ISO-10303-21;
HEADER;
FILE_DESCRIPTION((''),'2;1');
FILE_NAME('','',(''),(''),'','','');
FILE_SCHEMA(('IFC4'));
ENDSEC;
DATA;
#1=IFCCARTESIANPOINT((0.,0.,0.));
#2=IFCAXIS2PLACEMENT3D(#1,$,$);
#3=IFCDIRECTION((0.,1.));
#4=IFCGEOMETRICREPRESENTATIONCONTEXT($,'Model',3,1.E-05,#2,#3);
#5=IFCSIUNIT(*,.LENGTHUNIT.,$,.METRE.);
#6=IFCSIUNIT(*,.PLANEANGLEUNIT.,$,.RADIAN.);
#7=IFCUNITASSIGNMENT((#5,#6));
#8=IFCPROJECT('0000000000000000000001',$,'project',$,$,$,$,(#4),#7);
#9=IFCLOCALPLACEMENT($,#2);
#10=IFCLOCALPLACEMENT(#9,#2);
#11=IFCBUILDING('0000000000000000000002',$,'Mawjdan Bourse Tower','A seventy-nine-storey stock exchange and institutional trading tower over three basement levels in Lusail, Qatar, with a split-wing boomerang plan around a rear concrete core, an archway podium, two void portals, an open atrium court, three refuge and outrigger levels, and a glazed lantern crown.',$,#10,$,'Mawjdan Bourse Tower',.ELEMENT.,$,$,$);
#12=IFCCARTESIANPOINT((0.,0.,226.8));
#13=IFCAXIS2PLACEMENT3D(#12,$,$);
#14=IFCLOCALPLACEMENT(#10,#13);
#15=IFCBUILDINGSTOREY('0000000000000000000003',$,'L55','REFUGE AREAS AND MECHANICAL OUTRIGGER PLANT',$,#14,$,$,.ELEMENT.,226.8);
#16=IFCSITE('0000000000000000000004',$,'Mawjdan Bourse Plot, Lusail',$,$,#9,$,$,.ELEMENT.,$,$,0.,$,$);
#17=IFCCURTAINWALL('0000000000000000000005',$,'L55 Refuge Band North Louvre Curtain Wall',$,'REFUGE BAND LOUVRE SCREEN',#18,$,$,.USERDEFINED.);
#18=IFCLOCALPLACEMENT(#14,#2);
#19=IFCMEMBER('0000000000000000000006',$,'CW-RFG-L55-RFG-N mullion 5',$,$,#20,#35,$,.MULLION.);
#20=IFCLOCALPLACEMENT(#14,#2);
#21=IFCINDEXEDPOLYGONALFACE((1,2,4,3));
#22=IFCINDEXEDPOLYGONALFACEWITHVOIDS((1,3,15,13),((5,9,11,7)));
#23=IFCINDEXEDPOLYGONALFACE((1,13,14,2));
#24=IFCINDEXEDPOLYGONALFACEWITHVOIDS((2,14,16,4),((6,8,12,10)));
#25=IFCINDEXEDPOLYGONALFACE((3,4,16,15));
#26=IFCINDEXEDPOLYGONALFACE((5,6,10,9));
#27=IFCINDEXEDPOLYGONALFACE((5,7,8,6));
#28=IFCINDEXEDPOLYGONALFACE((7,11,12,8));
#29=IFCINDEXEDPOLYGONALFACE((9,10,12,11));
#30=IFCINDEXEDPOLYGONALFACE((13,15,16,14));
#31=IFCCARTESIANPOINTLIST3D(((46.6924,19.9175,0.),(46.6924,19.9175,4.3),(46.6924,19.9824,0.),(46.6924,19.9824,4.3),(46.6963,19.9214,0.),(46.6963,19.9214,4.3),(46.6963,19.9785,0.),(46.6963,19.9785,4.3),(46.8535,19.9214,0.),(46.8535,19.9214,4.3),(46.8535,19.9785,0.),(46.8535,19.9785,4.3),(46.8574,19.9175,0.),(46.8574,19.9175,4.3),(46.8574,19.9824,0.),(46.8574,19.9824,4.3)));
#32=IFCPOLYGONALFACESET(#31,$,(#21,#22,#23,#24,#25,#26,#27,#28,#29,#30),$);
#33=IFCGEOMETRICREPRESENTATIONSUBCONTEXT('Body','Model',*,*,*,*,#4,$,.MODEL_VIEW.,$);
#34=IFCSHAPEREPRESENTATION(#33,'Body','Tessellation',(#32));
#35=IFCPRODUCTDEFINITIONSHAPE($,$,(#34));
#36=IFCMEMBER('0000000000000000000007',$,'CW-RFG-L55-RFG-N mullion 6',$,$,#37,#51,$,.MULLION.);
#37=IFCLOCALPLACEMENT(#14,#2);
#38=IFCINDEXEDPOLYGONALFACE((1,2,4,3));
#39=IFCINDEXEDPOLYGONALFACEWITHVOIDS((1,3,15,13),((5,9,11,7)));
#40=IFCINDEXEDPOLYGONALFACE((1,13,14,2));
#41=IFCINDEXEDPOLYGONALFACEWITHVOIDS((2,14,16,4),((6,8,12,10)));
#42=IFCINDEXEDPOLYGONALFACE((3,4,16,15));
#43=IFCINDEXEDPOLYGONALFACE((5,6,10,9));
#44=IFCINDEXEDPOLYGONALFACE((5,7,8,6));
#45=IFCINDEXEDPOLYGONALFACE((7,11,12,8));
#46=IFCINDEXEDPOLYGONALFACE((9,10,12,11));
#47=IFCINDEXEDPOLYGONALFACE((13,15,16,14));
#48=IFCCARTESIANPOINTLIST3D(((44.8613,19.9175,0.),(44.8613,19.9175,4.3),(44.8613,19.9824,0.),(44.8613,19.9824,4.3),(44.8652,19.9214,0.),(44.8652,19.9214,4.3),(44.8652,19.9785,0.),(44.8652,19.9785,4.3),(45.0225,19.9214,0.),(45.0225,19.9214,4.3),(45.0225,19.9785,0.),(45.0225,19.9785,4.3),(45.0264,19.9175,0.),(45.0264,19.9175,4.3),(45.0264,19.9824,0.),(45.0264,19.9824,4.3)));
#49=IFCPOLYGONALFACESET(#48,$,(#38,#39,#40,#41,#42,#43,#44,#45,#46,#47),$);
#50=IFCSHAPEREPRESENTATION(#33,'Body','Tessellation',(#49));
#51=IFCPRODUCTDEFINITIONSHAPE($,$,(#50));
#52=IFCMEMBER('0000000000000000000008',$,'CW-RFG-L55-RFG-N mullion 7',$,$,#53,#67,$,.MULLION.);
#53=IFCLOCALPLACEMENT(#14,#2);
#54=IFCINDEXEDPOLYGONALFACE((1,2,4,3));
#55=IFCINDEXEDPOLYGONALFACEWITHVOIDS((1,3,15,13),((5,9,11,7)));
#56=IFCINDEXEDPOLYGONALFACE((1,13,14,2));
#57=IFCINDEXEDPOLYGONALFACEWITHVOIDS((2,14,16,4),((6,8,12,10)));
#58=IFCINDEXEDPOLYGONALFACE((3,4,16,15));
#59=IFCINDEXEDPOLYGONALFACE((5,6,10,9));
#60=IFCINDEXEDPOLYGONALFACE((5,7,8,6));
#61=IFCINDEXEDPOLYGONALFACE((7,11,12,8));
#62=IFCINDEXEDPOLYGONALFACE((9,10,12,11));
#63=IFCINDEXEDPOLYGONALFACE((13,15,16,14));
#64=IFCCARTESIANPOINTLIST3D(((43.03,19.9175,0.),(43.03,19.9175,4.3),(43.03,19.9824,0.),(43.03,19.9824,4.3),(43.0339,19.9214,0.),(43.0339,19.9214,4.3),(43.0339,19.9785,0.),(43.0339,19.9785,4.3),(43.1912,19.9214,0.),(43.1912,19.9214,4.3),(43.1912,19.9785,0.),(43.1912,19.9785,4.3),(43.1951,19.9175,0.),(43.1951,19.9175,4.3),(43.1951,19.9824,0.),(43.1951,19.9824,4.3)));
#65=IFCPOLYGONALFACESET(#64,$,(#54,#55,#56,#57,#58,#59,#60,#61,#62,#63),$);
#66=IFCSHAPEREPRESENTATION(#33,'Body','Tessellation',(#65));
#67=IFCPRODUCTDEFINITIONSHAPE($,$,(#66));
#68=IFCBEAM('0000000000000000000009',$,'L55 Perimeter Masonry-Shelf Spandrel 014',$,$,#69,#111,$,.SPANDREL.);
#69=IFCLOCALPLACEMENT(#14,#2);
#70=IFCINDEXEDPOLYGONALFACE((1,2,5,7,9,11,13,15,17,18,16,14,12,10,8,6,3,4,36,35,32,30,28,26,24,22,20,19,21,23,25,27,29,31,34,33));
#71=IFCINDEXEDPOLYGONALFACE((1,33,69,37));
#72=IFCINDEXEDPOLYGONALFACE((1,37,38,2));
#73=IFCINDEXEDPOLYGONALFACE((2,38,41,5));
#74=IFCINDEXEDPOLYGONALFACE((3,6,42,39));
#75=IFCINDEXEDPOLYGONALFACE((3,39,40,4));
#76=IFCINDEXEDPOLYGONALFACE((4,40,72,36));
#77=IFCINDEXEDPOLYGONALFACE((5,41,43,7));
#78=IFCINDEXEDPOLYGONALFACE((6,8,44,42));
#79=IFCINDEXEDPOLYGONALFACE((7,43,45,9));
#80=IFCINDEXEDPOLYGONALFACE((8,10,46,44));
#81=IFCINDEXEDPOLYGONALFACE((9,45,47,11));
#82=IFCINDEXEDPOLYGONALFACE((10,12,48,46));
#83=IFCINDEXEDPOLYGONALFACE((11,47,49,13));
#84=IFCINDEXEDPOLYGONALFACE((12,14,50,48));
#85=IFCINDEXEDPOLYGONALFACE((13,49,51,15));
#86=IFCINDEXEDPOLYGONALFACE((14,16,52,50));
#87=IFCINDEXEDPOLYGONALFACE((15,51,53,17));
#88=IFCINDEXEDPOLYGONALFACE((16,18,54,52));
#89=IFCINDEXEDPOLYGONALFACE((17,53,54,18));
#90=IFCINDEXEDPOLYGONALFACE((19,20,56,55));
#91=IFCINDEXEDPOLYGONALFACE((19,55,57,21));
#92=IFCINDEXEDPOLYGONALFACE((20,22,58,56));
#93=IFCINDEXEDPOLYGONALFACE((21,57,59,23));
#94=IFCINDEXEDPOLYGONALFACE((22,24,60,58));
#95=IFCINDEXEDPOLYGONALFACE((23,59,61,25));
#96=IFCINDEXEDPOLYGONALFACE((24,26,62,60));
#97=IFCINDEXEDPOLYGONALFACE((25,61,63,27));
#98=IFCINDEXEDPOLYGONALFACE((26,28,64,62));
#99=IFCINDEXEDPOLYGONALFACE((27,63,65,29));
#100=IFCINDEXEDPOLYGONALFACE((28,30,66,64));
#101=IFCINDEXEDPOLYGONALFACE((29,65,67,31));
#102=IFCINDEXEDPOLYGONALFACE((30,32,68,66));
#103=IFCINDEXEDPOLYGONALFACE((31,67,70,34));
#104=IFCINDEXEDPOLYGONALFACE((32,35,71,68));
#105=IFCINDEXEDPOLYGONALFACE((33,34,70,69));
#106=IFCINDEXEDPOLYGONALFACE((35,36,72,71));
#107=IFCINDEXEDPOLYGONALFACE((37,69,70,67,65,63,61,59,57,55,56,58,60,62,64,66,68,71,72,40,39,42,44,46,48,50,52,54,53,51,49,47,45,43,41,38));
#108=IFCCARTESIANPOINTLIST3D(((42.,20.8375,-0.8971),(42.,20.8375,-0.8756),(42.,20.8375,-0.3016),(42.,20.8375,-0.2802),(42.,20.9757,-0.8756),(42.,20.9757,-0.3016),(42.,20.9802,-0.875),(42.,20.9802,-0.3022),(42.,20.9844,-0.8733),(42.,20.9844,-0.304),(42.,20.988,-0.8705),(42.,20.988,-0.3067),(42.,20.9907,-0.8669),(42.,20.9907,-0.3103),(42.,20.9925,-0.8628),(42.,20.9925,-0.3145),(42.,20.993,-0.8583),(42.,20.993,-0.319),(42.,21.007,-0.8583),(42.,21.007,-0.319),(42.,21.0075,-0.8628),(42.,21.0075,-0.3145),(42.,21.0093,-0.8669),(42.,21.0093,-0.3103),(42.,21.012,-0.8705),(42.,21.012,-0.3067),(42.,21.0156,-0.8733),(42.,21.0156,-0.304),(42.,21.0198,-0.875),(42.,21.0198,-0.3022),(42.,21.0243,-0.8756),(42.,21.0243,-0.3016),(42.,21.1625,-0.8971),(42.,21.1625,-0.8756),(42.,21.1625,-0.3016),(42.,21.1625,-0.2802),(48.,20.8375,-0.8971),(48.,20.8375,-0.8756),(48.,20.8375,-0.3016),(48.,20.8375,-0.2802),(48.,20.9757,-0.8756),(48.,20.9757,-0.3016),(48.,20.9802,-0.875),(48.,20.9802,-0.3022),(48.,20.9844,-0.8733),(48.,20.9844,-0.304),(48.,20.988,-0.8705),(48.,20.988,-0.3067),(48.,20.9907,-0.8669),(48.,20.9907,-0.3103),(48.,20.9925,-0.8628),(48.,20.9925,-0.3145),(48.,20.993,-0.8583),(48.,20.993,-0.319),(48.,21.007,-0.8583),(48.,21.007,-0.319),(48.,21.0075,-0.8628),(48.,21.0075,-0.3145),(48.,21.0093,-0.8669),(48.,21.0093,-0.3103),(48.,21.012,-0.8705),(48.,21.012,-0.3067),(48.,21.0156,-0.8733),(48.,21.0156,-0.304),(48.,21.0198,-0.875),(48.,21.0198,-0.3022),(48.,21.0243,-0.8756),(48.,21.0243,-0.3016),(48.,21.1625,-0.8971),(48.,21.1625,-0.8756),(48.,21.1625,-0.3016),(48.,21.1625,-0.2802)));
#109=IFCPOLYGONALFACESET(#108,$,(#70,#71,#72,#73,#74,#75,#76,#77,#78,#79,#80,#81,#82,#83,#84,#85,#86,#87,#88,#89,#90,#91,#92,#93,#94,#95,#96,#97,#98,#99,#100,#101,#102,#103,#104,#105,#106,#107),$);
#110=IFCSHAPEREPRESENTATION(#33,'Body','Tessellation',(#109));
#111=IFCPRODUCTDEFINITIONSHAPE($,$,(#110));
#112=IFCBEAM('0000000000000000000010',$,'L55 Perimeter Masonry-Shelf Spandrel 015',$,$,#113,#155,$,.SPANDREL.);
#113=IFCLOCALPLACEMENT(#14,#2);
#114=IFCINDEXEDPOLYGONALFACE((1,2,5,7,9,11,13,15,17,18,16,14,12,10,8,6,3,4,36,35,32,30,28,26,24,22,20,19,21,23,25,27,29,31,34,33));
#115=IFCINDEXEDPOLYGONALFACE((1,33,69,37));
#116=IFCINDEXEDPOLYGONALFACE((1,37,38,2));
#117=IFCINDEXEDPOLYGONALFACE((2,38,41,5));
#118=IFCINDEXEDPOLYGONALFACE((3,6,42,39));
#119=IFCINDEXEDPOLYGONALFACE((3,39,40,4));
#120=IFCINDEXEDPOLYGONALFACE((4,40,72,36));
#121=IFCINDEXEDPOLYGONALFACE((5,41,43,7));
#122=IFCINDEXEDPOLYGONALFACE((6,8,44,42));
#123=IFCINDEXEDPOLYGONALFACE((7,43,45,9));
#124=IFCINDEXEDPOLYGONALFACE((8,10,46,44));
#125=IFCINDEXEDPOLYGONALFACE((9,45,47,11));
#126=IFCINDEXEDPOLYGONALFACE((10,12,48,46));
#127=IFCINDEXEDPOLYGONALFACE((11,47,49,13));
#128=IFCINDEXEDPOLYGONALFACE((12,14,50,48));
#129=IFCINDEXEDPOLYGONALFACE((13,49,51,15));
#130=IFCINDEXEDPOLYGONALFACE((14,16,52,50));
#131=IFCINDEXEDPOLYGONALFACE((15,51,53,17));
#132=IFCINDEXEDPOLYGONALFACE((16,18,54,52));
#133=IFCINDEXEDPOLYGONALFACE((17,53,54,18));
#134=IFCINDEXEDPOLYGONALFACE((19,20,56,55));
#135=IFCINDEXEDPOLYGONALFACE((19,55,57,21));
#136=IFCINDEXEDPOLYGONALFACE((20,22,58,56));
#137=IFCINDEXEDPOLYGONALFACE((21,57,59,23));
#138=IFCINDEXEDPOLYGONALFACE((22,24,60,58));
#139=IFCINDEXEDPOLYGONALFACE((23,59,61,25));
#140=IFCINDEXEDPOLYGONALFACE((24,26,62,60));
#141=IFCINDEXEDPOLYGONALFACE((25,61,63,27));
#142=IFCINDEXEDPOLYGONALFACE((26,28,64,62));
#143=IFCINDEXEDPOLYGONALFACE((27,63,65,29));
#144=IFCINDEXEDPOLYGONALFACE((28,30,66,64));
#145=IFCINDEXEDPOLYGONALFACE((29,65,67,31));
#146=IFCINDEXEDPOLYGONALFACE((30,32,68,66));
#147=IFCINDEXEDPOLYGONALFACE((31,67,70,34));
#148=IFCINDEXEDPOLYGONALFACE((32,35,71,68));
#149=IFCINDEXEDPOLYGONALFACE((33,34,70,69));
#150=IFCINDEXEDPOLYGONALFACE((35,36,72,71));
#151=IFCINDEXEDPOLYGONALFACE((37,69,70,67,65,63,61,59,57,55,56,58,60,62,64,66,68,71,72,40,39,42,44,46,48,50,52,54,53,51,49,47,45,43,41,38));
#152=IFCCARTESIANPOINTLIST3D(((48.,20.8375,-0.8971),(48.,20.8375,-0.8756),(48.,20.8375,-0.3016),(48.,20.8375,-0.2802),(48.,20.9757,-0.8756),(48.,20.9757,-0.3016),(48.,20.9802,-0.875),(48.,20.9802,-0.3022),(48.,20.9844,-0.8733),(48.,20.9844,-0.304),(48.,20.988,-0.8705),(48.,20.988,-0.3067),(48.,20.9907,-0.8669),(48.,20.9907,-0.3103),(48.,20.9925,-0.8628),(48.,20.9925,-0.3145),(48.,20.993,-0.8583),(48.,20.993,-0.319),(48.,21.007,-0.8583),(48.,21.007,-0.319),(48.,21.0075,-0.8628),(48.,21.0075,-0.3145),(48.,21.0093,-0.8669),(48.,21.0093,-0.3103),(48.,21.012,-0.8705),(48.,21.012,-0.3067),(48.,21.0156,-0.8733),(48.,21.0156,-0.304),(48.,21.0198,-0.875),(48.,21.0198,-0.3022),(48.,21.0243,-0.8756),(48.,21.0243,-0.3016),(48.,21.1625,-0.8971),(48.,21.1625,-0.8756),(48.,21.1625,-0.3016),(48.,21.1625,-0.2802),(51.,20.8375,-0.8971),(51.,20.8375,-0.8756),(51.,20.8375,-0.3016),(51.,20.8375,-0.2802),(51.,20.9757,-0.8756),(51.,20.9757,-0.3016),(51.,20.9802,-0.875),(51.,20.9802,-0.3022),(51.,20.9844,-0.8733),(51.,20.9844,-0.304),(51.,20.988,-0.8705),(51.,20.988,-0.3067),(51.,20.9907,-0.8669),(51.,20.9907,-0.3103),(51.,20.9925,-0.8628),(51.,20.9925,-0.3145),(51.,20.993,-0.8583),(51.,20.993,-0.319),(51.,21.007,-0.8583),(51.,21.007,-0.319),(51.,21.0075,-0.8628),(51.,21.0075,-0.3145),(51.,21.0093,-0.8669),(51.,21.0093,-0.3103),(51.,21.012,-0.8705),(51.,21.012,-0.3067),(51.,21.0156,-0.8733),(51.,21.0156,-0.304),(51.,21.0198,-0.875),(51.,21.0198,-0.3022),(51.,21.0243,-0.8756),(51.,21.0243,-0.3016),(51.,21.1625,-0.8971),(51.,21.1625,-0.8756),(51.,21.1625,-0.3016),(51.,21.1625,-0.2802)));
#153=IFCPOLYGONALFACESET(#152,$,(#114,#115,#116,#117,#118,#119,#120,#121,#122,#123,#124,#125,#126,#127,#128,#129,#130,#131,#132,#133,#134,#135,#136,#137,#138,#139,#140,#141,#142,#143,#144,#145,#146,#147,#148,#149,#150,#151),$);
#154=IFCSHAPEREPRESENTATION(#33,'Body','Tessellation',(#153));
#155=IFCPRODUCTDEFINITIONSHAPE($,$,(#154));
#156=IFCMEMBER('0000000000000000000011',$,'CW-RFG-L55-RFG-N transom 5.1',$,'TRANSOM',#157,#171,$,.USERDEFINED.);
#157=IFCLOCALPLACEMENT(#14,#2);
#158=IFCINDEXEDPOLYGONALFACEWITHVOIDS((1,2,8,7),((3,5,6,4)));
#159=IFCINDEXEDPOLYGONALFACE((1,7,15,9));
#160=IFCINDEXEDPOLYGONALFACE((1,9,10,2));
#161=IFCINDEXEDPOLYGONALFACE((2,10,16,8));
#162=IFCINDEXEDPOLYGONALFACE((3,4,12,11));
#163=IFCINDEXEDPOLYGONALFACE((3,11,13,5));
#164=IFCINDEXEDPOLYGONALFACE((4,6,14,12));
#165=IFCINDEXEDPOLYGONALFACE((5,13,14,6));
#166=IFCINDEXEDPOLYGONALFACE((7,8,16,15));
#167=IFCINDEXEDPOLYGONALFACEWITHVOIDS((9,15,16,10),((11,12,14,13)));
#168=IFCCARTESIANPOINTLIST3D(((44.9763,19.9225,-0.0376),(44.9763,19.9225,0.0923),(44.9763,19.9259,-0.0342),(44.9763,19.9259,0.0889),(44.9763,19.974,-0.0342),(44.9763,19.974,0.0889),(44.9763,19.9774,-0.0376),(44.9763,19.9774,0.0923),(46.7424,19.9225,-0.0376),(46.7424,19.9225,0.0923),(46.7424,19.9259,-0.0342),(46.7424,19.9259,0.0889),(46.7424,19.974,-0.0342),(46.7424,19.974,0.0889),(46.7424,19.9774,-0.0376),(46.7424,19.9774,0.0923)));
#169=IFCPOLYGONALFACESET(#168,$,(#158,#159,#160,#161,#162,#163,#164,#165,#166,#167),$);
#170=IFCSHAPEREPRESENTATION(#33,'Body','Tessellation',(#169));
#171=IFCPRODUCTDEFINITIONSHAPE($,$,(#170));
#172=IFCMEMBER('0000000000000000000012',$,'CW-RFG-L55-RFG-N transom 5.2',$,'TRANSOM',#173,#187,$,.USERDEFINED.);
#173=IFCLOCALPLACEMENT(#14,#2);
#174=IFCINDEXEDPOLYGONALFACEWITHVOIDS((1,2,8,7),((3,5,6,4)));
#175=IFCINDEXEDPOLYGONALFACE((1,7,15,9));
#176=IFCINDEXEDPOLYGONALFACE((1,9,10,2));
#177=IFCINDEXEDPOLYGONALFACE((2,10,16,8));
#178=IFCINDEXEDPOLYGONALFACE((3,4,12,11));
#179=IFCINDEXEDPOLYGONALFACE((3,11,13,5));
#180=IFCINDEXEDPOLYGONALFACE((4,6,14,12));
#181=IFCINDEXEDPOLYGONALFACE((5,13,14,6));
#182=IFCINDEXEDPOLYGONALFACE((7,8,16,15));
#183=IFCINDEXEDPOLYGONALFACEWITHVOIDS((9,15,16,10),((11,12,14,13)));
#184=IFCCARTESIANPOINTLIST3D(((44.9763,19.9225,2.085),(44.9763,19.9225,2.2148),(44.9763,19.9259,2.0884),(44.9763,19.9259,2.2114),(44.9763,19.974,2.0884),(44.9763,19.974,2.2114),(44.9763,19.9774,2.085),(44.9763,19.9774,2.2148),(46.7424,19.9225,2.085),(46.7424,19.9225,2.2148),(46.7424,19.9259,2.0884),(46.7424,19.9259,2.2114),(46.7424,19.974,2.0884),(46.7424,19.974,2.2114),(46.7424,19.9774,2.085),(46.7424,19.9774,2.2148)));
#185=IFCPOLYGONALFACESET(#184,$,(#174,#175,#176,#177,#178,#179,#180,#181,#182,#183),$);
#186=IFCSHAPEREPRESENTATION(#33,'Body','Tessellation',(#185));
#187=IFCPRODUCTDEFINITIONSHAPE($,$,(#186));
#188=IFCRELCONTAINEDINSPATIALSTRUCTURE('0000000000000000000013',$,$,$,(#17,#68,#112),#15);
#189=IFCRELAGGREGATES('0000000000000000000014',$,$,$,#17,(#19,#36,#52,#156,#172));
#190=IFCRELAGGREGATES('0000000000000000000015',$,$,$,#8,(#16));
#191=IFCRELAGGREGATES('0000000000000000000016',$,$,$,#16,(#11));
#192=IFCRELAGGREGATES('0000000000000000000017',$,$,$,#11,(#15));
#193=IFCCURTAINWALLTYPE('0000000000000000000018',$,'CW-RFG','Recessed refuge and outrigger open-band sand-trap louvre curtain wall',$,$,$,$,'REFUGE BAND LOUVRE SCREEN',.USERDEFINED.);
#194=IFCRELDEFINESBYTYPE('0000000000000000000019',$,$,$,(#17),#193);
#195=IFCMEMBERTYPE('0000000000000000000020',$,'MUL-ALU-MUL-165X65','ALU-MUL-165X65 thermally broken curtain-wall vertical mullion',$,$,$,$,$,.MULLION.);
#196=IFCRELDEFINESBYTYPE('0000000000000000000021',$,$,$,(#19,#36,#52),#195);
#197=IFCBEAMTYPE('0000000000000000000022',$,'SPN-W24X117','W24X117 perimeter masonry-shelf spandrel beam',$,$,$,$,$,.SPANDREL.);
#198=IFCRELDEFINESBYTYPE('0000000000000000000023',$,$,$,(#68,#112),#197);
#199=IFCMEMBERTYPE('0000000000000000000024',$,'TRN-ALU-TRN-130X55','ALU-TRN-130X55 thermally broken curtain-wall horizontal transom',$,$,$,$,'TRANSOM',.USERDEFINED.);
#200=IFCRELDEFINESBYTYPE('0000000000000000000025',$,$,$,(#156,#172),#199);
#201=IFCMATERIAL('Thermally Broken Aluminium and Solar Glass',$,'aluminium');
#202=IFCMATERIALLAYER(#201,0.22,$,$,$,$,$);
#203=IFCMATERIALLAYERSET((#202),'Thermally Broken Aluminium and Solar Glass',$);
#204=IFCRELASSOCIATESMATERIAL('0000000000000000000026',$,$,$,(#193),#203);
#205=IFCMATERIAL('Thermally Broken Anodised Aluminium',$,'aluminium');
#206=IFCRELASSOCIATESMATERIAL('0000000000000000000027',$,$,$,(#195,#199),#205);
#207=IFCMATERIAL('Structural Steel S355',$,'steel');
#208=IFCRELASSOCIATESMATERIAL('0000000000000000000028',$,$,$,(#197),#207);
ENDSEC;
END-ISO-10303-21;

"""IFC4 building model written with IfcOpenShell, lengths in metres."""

from ifc_helpers import new_model, si_unit, direction, frame, origin, origin_2d, place, context, subcontext, project, spatial, hollow_rectangle, i_section, extrude, material, layer, layer_set, material_profile, profile_set, type_object, element, aggregate, save


model = new_model("IFC4")

# Units and contexts
model_context = context("Model", 3, precision=1e-05, world=origin(), true_north=direction((0.0, 1.0)))
body_context = subcontext(model_context, "Body", "Model", "MODEL_VIEW")
ifc_project = project(units=[si_unit("LENGTHUNIT", "METRE"), si_unit("PLANEANGLEUNIT", "RADIAN")], contexts=[model_context])

# Site, building, storey
site_placement = place(None, origin())
site = spatial("IfcSite", under=ifc_project, at=site_placement, Name="Mawjdan Bourse Plot, Lusail", CompositionType="ELEMENT", RefElevation=0.0)
building_placement = place(site_placement, origin())
building = spatial("IfcBuilding", under=site, at=building_placement, Name="Mawjdan Bourse Tower", Description="A seventy-nine-storey stock exchange and institutional trading tower over three basement levels in Lusail, Qatar, with a split-wing boomerang plan around a rear concrete core, an archway podium, two void portals, an open atrium court, three refuge and outrigger levels, and a glazed lantern crown.", LongName="Mawjdan Bourse Tower", CompositionType="ELEMENT")
storey_placement = place(building_placement, frame((0.0, 0.0, 226.8)))
storey = spatial("IfcBuildingStorey", under=building, at=storey_placement, Name="L55", Description="REFUGE AREAS AND MECHANICAL OUTRIGGER PLANT", CompositionType="ELEMENT", Elevation=226.8)

# Shared definitions
ifc_material_1 = material(Name="Structural Steel S355", Category="steel")

# Curtain wall, members
ifc_material_2 = material(Name="Thermally Broken Aluminium and Solar Glass", Category="aluminium")
ifc_layer_1 = layer(ifc_material_2, 0.22)
ifc_layer_set_1 = layer_set([ifc_layer_1], Name="Thermally Broken Aluminium and Solar Glass")
curtain_wall_type = type_object("IfcCurtainWallType", Name="CW-RFG", Description="Recessed refuge and outrigger open-band sand-trap louvre curtain wall", ElementType="REFUGE BAND LOUVRE SCREEN", PredefinedType="USERDEFINED", material=ifc_layer_set_1)
curtain_wall_placement = place(storey_placement, origin())
curtain_wall = element("IfcCurtainWall", 1, at=curtain_wall_placement, inside=storey, type_object=curtain_wall_type, Name="L55 Refuge Band North Louvre Curtain Wall", ObjectType="REFUGE BAND LOUVRE SCREEN", PredefinedType="USERDEFINED")
ifc_material_3 = material(Name="Thermally Broken Anodised Aluminium", Category="aluminium")
ifc_material_profile_1 = material_profile(ifc_material_3, hollow_rectangle(XDim=0.0649, YDim=0.165, WallThickness=0.0039, at=origin_2d()), Name="ALU-MUL-165X65")
ifc_profile_set_1 = profile_set([ifc_material_profile_1], Name="Thermally Broken Anodised Aluminium")
member_type_1 = type_object("IfcMemberType", Name="MUL-ALU-MUL-165X65", Description="ALU-MUL-165X65 thermally broken curtain-wall vertical mullion", PredefinedType="MULLION", material=ifc_profile_set_1)
member_1_placement = place(storey_placement, frame((46.7749, 19.95, 0.0), z_axis=(0.0, 0.0, 1.0), x_axis=(0.0, -1.0, 0.0)))
member_1 = element("IfcMember", 2, at=member_1_placement, type_object=member_type_1, Name="CW-RFG-L55-RFG-N mullion 5", PredefinedType="MULLION", context=body_context, shape_type="SweptSolid", body=[
    extrude(hollow_rectangle(XDim=0.0649, YDim=0.165, WallThickness=0.0039, at=origin_2d()), origin(), (0.0, 0.0, 1.0), 4.3),
])
member_2_placement = place(storey_placement, frame((44.9438, 19.95, 0.0), z_axis=(0.0, 0.0, 1.0), x_axis=(0.0, -1.0, 0.0)))
member_2 = element("IfcMember", 3, at=member_2_placement, type_object=member_type_1, Name="CW-RFG-L55-RFG-N mullion 6", PredefinedType="MULLION", context=body_context, shape_type="SweptSolid", body=[
    extrude(hollow_rectangle(XDim=0.0649, YDim=0.165, WallThickness=0.0039, at=origin_2d()), origin(), (0.0, 0.0, 1.0), 4.3),
])
member_3_placement = place(storey_placement, frame((43.1125, 19.95, 0.0), z_axis=(0.0, 0.0, 1.0), x_axis=(0.0, -1.0, 0.0)))
member_3 = element("IfcMember", 4, at=member_3_placement, type_object=member_type_1, Name="CW-RFG-L55-RFG-N mullion 7", PredefinedType="MULLION", context=body_context, shape_type="SweptSolid", body=[
    extrude(hollow_rectangle(XDim=0.0649, YDim=0.165, WallThickness=0.0039, at=origin_2d()), origin(), (0.0, 0.0, 1.0), 4.3),
])

# Beams
ifc_material_profile_2 = material_profile(ifc_material_1, i_section(OverallWidth=0.325, OverallDepth=0.6169, WebThickness=0.0139, FlangeThickness=0.0215, FilletRadius=0.0173, at=origin_2d()), Name="W24X117")
ifc_profile_set_2 = profile_set([ifc_material_profile_2], Name="Structural Steel S355")
beam_type_1 = type_object("IfcBeamType", Name="SPN-W24X117", Description="W24X117 perimeter masonry-shelf spandrel beam", PredefinedType="SPANDREL", material=ifc_profile_set_2)
beam_1_placement = place(storey_placement, frame((42.0, 21.0, -0.5886), z_axis=(1.0, 0.0, 0.0), x_axis=(0.0, 1.0, 0.0)))
element("IfcBeam", 5, at=beam_1_placement, inside=storey, type_object=beam_type_1, Name="L55 Perimeter Masonry-Shelf Spandrel 014", PredefinedType="SPANDREL", context=body_context, shape_type="SweptSolid", body=[
    extrude(i_section(OverallWidth=0.325, OverallDepth=0.6169, WebThickness=0.0139, FlangeThickness=0.0215, FilletRadius=0.0173, at=origin_2d()), origin(), (0.0, 0.0, 1.0), 6.0),
])
beam_2_placement = place(storey_placement, frame((48.0, 21.0, -0.5886), z_axis=(1.0, 0.0, 0.0), x_axis=(0.0, 1.0, 0.0)))
element("IfcBeam", 6, at=beam_2_placement, inside=storey, type_object=beam_type_1, Name="L55 Perimeter Masonry-Shelf Spandrel 015", PredefinedType="SPANDREL", context=body_context, shape_type="SweptSolid", body=[
    extrude(i_section(OverallWidth=0.325, OverallDepth=0.6169, WebThickness=0.0139, FlangeThickness=0.0215, FilletRadius=0.0173, at=origin_2d()), origin(), (0.0, 0.0, 1.0), 3.0),
])

# Members
ifc_material_profile_3 = material_profile(ifc_material_3, hollow_rectangle(XDim=0.0549, YDim=0.1299, WallThickness=0.0034, at=origin_2d()), Name="ALU-TRN-130X55")
ifc_profile_set_3 = profile_set([ifc_material_profile_3], Name="Thermally Broken Anodised Aluminium")
member_type_2 = type_object("IfcMemberType", Name="TRN-ALU-TRN-130X55", Description="ALU-TRN-130X55 thermally broken curtain-wall horizontal transom", ElementType="TRANSOM", PredefinedType="USERDEFINED", material=ifc_profile_set_3)
member_4_placement = place(storey_placement, frame((46.7424, 19.95, 0.0273), z_axis=(-1.0, 0.0, 0.0), x_axis=(0.0, -1.0, 0.0)))
member_4 = element("IfcMember", 7, at=member_4_placement, type_object=member_type_2, Name="CW-RFG-L55-RFG-N transom 5.1", ObjectType="TRANSOM", PredefinedType="USERDEFINED", context=body_context, shape_type="SweptSolid", body=[
    extrude(hollow_rectangle(XDim=0.0549, YDim=0.1299, WallThickness=0.0034, at=origin_2d()), origin(), (0.0, 0.0, 1.0), 1.7661),
])
member_5_placement = place(storey_placement, frame((46.7424, 19.95, 2.1499), z_axis=(-1.0, 0.0, 0.0), x_axis=(0.0, -1.0, 0.0)))
member_5 = element("IfcMember", 8, at=member_5_placement, type_object=member_type_2, Name="CW-RFG-L55-RFG-N transom 5.2", ObjectType="TRANSOM", PredefinedType="USERDEFINED", context=body_context, shape_type="SweptSolid", body=[
    extrude(hollow_rectangle(XDim=0.0549, YDim=0.1299, WallThickness=0.0034, at=origin_2d()), origin(), (0.0, 0.0, 1.0), 1.7661),
])

aggregate(curtain_wall, [member_1, member_2, member_3, member_4, member_5])

save(model, "model.ifc")
